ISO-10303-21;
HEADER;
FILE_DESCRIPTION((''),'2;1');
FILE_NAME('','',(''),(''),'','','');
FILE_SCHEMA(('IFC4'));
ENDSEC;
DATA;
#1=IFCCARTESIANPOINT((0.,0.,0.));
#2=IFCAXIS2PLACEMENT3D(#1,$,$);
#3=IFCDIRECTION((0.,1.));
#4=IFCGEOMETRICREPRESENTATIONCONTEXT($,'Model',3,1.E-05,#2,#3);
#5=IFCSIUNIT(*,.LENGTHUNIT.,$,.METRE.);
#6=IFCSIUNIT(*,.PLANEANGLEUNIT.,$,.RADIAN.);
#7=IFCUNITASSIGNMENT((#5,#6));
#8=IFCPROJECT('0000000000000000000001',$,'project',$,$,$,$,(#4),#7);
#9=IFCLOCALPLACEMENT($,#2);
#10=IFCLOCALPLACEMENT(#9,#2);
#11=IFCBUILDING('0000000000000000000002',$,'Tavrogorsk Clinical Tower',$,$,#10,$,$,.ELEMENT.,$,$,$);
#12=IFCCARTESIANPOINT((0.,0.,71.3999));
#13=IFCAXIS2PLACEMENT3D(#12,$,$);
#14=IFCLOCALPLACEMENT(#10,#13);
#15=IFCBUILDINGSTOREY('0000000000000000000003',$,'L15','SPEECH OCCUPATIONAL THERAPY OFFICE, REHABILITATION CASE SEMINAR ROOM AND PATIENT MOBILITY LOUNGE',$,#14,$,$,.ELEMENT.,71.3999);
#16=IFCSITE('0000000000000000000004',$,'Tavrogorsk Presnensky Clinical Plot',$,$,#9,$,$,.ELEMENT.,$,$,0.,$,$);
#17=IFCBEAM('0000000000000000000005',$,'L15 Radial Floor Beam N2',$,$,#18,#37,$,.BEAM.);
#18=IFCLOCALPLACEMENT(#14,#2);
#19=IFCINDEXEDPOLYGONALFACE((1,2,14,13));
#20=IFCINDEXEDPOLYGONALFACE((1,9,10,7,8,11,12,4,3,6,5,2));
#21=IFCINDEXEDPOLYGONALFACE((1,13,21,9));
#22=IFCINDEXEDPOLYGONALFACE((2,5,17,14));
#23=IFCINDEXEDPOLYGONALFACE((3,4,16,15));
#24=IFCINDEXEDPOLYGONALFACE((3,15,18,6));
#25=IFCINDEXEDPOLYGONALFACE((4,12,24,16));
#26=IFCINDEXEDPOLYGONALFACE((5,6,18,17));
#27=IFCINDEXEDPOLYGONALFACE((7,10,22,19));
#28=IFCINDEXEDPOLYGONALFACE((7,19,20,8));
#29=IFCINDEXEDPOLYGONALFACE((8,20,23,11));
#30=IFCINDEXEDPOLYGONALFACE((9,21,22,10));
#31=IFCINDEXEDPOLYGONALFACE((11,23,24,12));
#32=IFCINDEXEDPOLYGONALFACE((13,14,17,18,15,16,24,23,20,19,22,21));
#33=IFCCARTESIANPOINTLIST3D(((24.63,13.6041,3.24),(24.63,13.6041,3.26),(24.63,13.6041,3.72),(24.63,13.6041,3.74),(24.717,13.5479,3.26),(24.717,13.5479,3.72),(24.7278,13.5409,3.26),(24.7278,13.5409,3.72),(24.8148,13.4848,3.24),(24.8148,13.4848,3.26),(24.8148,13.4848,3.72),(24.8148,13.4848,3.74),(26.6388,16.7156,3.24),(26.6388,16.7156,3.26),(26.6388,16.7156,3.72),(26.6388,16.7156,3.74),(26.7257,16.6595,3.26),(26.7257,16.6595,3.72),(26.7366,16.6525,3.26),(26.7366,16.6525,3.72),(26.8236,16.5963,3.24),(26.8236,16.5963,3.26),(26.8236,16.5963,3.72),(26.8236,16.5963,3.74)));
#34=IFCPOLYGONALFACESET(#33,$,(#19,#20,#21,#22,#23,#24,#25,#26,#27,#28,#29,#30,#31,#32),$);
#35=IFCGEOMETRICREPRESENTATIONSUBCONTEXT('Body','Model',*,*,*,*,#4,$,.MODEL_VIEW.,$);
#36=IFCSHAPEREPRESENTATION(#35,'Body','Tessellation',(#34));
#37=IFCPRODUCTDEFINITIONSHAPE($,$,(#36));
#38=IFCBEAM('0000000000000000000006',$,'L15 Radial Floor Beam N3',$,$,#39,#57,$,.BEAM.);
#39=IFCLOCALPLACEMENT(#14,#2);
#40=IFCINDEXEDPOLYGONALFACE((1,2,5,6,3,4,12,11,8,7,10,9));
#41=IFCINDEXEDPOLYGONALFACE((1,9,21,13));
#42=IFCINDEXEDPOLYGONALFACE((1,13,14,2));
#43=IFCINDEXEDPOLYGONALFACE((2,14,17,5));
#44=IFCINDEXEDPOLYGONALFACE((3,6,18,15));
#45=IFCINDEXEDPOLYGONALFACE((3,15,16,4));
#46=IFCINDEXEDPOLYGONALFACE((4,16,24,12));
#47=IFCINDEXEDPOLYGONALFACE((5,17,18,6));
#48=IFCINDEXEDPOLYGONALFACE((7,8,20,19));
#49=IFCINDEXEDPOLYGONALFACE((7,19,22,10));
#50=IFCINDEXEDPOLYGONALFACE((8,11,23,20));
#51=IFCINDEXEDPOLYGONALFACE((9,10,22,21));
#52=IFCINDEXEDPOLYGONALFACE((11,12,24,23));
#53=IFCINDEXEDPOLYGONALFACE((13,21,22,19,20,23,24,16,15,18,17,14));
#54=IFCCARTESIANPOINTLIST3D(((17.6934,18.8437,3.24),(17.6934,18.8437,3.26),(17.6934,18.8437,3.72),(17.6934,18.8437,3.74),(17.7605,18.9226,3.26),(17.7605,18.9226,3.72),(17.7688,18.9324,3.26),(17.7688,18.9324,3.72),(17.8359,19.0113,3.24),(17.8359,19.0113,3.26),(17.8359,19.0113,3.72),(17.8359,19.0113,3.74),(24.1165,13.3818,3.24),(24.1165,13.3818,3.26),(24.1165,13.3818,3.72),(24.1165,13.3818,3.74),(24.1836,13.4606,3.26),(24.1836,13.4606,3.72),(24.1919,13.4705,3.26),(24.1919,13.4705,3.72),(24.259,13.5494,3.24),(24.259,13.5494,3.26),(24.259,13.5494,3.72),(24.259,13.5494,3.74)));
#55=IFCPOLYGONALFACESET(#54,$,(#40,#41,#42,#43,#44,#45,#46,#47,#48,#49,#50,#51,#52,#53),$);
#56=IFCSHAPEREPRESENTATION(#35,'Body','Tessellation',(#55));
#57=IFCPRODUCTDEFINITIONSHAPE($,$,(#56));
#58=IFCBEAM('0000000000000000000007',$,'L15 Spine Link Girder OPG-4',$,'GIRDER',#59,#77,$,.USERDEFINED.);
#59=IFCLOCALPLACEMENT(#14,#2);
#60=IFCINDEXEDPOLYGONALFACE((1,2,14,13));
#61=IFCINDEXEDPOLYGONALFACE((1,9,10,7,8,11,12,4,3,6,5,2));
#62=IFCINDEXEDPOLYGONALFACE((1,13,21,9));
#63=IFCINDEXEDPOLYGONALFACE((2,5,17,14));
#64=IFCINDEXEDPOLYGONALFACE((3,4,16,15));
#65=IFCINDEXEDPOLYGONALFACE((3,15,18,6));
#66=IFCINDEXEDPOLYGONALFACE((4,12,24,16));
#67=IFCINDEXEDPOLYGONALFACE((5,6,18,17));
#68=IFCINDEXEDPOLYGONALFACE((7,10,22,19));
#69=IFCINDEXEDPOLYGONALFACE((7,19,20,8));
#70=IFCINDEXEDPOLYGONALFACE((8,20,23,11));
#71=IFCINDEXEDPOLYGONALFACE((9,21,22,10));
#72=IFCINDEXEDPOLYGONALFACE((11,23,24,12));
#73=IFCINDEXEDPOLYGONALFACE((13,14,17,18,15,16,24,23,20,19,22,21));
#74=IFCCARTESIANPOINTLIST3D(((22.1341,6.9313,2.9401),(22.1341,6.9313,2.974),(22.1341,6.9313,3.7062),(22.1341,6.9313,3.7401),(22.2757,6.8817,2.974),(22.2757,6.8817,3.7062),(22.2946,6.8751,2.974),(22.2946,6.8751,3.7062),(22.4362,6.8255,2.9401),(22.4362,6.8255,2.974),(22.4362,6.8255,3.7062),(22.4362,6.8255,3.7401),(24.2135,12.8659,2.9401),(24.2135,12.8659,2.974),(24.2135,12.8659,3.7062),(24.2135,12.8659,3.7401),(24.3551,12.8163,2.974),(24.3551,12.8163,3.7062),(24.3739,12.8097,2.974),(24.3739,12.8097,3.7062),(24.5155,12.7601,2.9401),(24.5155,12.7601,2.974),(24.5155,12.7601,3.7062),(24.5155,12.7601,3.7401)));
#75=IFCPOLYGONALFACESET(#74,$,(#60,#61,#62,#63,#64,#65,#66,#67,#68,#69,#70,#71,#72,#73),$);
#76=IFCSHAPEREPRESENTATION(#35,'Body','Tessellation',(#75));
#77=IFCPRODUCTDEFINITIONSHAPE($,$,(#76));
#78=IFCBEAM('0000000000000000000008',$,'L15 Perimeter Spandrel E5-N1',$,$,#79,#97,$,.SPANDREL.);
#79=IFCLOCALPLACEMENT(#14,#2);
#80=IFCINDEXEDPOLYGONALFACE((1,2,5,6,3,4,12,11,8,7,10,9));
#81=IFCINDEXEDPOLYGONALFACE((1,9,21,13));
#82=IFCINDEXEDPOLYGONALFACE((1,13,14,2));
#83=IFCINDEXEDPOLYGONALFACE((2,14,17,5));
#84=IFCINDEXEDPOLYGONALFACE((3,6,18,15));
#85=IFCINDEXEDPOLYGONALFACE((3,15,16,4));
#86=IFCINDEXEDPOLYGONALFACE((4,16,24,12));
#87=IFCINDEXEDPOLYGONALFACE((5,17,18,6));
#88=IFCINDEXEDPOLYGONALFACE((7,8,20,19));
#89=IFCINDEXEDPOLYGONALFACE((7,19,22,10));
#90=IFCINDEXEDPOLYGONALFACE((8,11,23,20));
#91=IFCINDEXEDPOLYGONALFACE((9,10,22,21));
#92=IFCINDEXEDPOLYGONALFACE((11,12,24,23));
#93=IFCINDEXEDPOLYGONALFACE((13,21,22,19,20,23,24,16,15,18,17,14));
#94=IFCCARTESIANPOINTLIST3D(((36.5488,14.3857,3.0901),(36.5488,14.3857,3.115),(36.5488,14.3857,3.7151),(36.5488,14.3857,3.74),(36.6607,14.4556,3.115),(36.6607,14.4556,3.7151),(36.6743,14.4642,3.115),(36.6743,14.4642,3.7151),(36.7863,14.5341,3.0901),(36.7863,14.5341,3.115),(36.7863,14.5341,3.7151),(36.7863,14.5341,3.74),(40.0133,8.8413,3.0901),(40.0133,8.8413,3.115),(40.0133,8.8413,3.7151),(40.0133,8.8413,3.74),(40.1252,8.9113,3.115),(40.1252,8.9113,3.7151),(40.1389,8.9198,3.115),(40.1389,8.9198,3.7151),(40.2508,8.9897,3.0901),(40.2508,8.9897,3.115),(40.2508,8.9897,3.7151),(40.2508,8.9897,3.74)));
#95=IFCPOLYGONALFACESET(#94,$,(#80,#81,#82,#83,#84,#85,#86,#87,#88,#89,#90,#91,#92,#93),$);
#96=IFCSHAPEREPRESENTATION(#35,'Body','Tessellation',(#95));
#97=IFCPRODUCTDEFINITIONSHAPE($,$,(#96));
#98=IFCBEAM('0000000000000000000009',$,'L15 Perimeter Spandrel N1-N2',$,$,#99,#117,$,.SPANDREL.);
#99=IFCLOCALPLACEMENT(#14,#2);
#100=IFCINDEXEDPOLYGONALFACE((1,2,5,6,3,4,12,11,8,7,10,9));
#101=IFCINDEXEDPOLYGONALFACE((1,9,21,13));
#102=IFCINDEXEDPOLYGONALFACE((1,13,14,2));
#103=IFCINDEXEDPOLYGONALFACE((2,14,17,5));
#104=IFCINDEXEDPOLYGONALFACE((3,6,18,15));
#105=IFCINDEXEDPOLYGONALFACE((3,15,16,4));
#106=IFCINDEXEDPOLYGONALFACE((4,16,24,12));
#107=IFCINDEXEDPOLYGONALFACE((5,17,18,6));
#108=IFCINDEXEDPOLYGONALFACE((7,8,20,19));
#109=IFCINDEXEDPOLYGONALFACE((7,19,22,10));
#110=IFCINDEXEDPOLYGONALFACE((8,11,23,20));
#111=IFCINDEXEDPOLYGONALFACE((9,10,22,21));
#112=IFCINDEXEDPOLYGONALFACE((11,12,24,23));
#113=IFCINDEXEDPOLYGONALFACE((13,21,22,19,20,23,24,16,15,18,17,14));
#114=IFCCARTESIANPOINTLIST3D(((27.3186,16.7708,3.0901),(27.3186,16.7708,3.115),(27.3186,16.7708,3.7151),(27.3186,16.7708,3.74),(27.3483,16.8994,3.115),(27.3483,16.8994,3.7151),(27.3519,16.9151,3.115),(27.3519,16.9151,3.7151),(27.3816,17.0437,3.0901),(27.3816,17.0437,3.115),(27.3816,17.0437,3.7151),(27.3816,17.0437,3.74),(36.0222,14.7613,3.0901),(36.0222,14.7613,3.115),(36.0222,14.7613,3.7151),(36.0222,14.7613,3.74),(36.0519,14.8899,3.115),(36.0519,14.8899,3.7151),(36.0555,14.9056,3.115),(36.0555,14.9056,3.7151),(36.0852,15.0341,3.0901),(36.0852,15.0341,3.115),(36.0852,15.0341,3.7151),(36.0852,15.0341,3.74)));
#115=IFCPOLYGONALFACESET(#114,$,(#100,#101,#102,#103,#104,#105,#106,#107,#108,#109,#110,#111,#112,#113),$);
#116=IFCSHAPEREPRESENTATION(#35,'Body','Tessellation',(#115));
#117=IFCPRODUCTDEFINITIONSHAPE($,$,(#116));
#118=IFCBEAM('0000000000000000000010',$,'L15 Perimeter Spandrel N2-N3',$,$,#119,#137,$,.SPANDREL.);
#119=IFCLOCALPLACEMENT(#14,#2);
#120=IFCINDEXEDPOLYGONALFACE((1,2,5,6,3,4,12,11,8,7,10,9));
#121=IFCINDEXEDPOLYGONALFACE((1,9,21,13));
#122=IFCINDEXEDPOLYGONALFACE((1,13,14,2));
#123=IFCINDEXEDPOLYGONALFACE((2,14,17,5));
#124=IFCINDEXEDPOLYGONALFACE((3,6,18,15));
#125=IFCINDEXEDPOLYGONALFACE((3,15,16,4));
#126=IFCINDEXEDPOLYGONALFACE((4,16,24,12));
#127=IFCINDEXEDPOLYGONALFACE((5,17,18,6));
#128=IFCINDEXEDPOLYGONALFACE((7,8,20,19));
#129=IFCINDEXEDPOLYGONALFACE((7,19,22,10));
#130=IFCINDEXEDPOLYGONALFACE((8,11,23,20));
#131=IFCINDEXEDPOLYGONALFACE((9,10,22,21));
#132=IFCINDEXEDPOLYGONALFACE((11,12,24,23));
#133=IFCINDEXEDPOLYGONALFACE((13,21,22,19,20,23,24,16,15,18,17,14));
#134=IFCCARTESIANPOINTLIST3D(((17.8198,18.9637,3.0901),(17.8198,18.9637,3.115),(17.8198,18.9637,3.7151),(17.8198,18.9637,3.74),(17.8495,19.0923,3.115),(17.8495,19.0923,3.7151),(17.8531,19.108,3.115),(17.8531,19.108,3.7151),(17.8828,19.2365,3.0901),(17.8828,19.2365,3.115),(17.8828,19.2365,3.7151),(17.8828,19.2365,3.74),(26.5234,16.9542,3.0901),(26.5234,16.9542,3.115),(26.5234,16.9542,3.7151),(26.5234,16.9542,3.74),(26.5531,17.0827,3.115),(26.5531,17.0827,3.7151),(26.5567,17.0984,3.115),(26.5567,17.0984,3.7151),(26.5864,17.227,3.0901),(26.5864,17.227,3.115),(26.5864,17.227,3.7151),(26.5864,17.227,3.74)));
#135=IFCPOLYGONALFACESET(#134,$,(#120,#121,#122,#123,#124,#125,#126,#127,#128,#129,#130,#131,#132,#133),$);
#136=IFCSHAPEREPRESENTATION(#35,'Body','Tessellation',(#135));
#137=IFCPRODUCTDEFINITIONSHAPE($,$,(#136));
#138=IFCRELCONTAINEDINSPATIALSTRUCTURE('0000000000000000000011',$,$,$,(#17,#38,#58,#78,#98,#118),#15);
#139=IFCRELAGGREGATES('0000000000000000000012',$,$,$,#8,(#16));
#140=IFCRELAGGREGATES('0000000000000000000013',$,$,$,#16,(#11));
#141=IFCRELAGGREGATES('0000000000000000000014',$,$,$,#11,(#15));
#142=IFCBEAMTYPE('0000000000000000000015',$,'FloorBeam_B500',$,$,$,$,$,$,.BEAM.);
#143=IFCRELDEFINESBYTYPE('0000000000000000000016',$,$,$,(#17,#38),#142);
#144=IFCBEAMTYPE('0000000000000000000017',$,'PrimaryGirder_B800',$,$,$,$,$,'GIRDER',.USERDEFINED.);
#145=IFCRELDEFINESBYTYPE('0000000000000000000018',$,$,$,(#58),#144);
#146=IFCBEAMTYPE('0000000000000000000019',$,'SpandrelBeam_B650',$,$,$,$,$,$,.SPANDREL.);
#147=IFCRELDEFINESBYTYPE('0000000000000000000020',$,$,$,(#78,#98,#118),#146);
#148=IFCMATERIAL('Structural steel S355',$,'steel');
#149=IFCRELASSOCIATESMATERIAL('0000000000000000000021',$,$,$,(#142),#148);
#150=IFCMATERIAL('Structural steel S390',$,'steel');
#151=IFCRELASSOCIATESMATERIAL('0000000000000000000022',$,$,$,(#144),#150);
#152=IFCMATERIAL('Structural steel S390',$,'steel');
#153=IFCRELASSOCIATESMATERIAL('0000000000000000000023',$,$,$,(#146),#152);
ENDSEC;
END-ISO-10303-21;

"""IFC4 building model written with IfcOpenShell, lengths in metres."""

from ifc_helpers import new_model, si_unit, direction, frame, origin, origin_2d, place, context, subcontext, project, spatial, i_section, extrude, material, material_profile, profile_set, type_object, element, save


model = new_model("IFC4")

# Units and contexts
model_context = context("Model", 3, precision=1e-05, world=origin(), true_north=direction((0.0, 1.0)))
body_context = subcontext(model_context, "Body", "Model", "MODEL_VIEW")
ifc_project = project(units=[si_unit("LENGTHUNIT", "METRE"), si_unit("PLANEANGLEUNIT", "RADIAN")], contexts=[model_context])

# Site, building, storey
site_placement = place(None, origin())
site = spatial("IfcSite", under=ifc_project, at=site_placement, Name="Tavrogorsk Presnensky Clinical Plot", CompositionType="ELEMENT", RefElevation=0.0)
building_placement = place(site_placement, origin())
building = spatial("IfcBuilding", under=site, at=building_placement, Name="Tavrogorsk Clinical Tower", CompositionType="ELEMENT")
storey_placement = place(building_placement, frame((0.0, 0.0, 71.3999)))
storey = spatial("IfcBuildingStorey", under=building, at=storey_placement, Name="L15", Description="SPEECH OCCUPATIONAL THERAPY OFFICE, REHABILITATION CASE SEMINAR ROOM AND PATIENT MOBILITY LOUNGE", CompositionType="ELEMENT", Elevation=71.3999)

# Beams
ifc_material_1 = material(Name="Structural steel S355", Category="steel")
ifc_material_profile_1 = material_profile(ifc_material_1, i_section(OverallWidth=0.22, OverallDepth=0.5, WebThickness=0.0129, FlangeThickness=0.02, at=origin_2d()), Name="B-500x220x13x20")
ifc_profile_set_1 = profile_set([ifc_material_profile_1], Name="Structural steel S355")
beam_type_1 = type_object("IfcBeamType", Name="FloorBeam_B500", PredefinedType="BEAM", material=ifc_profile_set_1)
beam_1_placement = place(storey_placement, frame((24.7224, 13.5444, 3.49), z_axis=(0.542379, 0.840134, 0.0), x_axis=(-0.840134, 0.542379, 0.0)))
element("IfcBeam", 1, at=beam_1_placement, inside=storey, type_object=beam_type_1, Name="L15 Radial Floor Beam N2", PredefinedType="BEAM", context=body_context, shape_type="SweptSolid", body=[
    extrude(i_section(OverallWidth=0.22, OverallDepth=0.5, WebThickness=0.0129, FlangeThickness=0.02, at=origin_2d()), origin(), (0.0, 0.0, 1.0), 3.7036),
])
beam_2_placement = place(storey_placement, frame((24.1877, 13.4656, 3.49), z_axis=(-0.761806, 0.647806, 0.0), x_axis=(-0.647806, -0.761806, 0.0)))
element("IfcBeam", 2, at=beam_2_placement, inside=storey, type_object=beam_type_1, Name="L15 Radial Floor Beam N3", PredefinedType="BEAM", context=body_context, shape_type="SweptSolid", body=[
    extrude(i_section(OverallWidth=0.22, OverallDepth=0.5, WebThickness=0.0129, FlangeThickness=0.02, at=origin_2d()), origin(), (0.0, 0.0, 1.0), 8.4314),
])
ifc_material_2 = material(Name="Structural steel S390", Category="steel")
ifc_material_profile_2 = material_profile(ifc_material_2, i_section(OverallWidth=0.3201, OverallDepth=0.8, WebThickness=0.02, FlangeThickness=0.0339, at=origin_2d()), Name="B-800x320x20x34")
ifc_profile_set_2 = profile_set([ifc_material_profile_2], Name="Structural steel S390")
beam_type_2 = type_object("IfcBeamType", Name="PrimaryGirder_B800", ElementType="GIRDER", PredefinedType="USERDEFINED", material=ifc_profile_set_2)
beam_3_placement = place(storey_placement, frame((24.3645, 12.813, 3.3401), z_axis=(-0.330669, -0.943747, 0.0), x_axis=(0.943747, -0.330669, 0.0)))
element("IfcBeam", 3, at=beam_3_placement, inside=storey, type_object=beam_type_2, Name="L15 Spine Link Girder OPG-4", ObjectType="GIRDER", PredefinedType="USERDEFINED", context=body_context, shape_type="SweptSolid", body=[
    extrude(i_section(OverallWidth=0.3201, OverallDepth=0.8, WebThickness=0.02, FlangeThickness=0.0339, at=origin_2d()), origin(), (0.0, 0.0, 1.0), 6.2883),
])
ifc_material_3 = material(Name="Structural steel S390", Category="steel")
ifc_material_profile_3 = material_profile(ifc_material_3, i_section(OverallWidth=0.28, OverallDepth=0.6499, WebThickness=0.0161, FlangeThickness=0.0249, at=origin_2d()), Name="B-650x280x16x25")
ifc_profile_set_3 = profile_set([ifc_material_profile_3], Name="Structural steel S390")
beam_type_3 = type_object("IfcBeamType", Name="SpandrelBeam_B650", PredefinedType="SPANDREL", material=ifc_profile_set_3)
beam_4_placement = place(storey_placement, frame((40.1321, 8.9155, 3.415), z_axis=(-0.529925, 0.848044, 0.0), x_axis=(-0.848044, -0.529925, 0.0)))
element("IfcBeam", 4, at=beam_4_placement, inside=storey, type_object=beam_type_3, Name="L15 Perimeter Spandrel E5-N1", PredefinedType="SPANDREL", context=body_context, shape_type="SweptSolid", body=[
    extrude(i_section(OverallWidth=0.28, OverallDepth=0.6499, WebThickness=0.0161, FlangeThickness=0.0249, at=origin_2d()), origin(), (0.0, 0.0, 1.0), 6.5378),
])
for number, where, z_axis, x_axis, name in (
    (5, (36.0537, 14.8977, 3.415), (-0.974367, 0.224965, 0.0), (-0.224965, -0.974367, 0.0), "L15 Perimeter Spandrel N1-N2"),
    (6, (26.5549, 17.0906, 3.415), (-0.974367, 0.224965, 0.0), (-0.224965, -0.974367, 0.0), "L15 Perimeter Spandrel N2-N3"),
):
    element("IfcBeam", number, at=place(storey_placement, frame(where, z_axis=z_axis, x_axis=x_axis)), inside=storey, type_object=beam_type_3, Name=name, PredefinedType="SPANDREL", context=body_context, shape_type="SweptSolid", body=[
        extrude(i_section(OverallWidth=0.28, OverallDepth=0.6499, WebThickness=0.0161, FlangeThickness=0.0249, at=origin_2d()), origin(), (0.0, 0.0, 1.0), 8.9326),
    ])

save(model, "model.ifc")
